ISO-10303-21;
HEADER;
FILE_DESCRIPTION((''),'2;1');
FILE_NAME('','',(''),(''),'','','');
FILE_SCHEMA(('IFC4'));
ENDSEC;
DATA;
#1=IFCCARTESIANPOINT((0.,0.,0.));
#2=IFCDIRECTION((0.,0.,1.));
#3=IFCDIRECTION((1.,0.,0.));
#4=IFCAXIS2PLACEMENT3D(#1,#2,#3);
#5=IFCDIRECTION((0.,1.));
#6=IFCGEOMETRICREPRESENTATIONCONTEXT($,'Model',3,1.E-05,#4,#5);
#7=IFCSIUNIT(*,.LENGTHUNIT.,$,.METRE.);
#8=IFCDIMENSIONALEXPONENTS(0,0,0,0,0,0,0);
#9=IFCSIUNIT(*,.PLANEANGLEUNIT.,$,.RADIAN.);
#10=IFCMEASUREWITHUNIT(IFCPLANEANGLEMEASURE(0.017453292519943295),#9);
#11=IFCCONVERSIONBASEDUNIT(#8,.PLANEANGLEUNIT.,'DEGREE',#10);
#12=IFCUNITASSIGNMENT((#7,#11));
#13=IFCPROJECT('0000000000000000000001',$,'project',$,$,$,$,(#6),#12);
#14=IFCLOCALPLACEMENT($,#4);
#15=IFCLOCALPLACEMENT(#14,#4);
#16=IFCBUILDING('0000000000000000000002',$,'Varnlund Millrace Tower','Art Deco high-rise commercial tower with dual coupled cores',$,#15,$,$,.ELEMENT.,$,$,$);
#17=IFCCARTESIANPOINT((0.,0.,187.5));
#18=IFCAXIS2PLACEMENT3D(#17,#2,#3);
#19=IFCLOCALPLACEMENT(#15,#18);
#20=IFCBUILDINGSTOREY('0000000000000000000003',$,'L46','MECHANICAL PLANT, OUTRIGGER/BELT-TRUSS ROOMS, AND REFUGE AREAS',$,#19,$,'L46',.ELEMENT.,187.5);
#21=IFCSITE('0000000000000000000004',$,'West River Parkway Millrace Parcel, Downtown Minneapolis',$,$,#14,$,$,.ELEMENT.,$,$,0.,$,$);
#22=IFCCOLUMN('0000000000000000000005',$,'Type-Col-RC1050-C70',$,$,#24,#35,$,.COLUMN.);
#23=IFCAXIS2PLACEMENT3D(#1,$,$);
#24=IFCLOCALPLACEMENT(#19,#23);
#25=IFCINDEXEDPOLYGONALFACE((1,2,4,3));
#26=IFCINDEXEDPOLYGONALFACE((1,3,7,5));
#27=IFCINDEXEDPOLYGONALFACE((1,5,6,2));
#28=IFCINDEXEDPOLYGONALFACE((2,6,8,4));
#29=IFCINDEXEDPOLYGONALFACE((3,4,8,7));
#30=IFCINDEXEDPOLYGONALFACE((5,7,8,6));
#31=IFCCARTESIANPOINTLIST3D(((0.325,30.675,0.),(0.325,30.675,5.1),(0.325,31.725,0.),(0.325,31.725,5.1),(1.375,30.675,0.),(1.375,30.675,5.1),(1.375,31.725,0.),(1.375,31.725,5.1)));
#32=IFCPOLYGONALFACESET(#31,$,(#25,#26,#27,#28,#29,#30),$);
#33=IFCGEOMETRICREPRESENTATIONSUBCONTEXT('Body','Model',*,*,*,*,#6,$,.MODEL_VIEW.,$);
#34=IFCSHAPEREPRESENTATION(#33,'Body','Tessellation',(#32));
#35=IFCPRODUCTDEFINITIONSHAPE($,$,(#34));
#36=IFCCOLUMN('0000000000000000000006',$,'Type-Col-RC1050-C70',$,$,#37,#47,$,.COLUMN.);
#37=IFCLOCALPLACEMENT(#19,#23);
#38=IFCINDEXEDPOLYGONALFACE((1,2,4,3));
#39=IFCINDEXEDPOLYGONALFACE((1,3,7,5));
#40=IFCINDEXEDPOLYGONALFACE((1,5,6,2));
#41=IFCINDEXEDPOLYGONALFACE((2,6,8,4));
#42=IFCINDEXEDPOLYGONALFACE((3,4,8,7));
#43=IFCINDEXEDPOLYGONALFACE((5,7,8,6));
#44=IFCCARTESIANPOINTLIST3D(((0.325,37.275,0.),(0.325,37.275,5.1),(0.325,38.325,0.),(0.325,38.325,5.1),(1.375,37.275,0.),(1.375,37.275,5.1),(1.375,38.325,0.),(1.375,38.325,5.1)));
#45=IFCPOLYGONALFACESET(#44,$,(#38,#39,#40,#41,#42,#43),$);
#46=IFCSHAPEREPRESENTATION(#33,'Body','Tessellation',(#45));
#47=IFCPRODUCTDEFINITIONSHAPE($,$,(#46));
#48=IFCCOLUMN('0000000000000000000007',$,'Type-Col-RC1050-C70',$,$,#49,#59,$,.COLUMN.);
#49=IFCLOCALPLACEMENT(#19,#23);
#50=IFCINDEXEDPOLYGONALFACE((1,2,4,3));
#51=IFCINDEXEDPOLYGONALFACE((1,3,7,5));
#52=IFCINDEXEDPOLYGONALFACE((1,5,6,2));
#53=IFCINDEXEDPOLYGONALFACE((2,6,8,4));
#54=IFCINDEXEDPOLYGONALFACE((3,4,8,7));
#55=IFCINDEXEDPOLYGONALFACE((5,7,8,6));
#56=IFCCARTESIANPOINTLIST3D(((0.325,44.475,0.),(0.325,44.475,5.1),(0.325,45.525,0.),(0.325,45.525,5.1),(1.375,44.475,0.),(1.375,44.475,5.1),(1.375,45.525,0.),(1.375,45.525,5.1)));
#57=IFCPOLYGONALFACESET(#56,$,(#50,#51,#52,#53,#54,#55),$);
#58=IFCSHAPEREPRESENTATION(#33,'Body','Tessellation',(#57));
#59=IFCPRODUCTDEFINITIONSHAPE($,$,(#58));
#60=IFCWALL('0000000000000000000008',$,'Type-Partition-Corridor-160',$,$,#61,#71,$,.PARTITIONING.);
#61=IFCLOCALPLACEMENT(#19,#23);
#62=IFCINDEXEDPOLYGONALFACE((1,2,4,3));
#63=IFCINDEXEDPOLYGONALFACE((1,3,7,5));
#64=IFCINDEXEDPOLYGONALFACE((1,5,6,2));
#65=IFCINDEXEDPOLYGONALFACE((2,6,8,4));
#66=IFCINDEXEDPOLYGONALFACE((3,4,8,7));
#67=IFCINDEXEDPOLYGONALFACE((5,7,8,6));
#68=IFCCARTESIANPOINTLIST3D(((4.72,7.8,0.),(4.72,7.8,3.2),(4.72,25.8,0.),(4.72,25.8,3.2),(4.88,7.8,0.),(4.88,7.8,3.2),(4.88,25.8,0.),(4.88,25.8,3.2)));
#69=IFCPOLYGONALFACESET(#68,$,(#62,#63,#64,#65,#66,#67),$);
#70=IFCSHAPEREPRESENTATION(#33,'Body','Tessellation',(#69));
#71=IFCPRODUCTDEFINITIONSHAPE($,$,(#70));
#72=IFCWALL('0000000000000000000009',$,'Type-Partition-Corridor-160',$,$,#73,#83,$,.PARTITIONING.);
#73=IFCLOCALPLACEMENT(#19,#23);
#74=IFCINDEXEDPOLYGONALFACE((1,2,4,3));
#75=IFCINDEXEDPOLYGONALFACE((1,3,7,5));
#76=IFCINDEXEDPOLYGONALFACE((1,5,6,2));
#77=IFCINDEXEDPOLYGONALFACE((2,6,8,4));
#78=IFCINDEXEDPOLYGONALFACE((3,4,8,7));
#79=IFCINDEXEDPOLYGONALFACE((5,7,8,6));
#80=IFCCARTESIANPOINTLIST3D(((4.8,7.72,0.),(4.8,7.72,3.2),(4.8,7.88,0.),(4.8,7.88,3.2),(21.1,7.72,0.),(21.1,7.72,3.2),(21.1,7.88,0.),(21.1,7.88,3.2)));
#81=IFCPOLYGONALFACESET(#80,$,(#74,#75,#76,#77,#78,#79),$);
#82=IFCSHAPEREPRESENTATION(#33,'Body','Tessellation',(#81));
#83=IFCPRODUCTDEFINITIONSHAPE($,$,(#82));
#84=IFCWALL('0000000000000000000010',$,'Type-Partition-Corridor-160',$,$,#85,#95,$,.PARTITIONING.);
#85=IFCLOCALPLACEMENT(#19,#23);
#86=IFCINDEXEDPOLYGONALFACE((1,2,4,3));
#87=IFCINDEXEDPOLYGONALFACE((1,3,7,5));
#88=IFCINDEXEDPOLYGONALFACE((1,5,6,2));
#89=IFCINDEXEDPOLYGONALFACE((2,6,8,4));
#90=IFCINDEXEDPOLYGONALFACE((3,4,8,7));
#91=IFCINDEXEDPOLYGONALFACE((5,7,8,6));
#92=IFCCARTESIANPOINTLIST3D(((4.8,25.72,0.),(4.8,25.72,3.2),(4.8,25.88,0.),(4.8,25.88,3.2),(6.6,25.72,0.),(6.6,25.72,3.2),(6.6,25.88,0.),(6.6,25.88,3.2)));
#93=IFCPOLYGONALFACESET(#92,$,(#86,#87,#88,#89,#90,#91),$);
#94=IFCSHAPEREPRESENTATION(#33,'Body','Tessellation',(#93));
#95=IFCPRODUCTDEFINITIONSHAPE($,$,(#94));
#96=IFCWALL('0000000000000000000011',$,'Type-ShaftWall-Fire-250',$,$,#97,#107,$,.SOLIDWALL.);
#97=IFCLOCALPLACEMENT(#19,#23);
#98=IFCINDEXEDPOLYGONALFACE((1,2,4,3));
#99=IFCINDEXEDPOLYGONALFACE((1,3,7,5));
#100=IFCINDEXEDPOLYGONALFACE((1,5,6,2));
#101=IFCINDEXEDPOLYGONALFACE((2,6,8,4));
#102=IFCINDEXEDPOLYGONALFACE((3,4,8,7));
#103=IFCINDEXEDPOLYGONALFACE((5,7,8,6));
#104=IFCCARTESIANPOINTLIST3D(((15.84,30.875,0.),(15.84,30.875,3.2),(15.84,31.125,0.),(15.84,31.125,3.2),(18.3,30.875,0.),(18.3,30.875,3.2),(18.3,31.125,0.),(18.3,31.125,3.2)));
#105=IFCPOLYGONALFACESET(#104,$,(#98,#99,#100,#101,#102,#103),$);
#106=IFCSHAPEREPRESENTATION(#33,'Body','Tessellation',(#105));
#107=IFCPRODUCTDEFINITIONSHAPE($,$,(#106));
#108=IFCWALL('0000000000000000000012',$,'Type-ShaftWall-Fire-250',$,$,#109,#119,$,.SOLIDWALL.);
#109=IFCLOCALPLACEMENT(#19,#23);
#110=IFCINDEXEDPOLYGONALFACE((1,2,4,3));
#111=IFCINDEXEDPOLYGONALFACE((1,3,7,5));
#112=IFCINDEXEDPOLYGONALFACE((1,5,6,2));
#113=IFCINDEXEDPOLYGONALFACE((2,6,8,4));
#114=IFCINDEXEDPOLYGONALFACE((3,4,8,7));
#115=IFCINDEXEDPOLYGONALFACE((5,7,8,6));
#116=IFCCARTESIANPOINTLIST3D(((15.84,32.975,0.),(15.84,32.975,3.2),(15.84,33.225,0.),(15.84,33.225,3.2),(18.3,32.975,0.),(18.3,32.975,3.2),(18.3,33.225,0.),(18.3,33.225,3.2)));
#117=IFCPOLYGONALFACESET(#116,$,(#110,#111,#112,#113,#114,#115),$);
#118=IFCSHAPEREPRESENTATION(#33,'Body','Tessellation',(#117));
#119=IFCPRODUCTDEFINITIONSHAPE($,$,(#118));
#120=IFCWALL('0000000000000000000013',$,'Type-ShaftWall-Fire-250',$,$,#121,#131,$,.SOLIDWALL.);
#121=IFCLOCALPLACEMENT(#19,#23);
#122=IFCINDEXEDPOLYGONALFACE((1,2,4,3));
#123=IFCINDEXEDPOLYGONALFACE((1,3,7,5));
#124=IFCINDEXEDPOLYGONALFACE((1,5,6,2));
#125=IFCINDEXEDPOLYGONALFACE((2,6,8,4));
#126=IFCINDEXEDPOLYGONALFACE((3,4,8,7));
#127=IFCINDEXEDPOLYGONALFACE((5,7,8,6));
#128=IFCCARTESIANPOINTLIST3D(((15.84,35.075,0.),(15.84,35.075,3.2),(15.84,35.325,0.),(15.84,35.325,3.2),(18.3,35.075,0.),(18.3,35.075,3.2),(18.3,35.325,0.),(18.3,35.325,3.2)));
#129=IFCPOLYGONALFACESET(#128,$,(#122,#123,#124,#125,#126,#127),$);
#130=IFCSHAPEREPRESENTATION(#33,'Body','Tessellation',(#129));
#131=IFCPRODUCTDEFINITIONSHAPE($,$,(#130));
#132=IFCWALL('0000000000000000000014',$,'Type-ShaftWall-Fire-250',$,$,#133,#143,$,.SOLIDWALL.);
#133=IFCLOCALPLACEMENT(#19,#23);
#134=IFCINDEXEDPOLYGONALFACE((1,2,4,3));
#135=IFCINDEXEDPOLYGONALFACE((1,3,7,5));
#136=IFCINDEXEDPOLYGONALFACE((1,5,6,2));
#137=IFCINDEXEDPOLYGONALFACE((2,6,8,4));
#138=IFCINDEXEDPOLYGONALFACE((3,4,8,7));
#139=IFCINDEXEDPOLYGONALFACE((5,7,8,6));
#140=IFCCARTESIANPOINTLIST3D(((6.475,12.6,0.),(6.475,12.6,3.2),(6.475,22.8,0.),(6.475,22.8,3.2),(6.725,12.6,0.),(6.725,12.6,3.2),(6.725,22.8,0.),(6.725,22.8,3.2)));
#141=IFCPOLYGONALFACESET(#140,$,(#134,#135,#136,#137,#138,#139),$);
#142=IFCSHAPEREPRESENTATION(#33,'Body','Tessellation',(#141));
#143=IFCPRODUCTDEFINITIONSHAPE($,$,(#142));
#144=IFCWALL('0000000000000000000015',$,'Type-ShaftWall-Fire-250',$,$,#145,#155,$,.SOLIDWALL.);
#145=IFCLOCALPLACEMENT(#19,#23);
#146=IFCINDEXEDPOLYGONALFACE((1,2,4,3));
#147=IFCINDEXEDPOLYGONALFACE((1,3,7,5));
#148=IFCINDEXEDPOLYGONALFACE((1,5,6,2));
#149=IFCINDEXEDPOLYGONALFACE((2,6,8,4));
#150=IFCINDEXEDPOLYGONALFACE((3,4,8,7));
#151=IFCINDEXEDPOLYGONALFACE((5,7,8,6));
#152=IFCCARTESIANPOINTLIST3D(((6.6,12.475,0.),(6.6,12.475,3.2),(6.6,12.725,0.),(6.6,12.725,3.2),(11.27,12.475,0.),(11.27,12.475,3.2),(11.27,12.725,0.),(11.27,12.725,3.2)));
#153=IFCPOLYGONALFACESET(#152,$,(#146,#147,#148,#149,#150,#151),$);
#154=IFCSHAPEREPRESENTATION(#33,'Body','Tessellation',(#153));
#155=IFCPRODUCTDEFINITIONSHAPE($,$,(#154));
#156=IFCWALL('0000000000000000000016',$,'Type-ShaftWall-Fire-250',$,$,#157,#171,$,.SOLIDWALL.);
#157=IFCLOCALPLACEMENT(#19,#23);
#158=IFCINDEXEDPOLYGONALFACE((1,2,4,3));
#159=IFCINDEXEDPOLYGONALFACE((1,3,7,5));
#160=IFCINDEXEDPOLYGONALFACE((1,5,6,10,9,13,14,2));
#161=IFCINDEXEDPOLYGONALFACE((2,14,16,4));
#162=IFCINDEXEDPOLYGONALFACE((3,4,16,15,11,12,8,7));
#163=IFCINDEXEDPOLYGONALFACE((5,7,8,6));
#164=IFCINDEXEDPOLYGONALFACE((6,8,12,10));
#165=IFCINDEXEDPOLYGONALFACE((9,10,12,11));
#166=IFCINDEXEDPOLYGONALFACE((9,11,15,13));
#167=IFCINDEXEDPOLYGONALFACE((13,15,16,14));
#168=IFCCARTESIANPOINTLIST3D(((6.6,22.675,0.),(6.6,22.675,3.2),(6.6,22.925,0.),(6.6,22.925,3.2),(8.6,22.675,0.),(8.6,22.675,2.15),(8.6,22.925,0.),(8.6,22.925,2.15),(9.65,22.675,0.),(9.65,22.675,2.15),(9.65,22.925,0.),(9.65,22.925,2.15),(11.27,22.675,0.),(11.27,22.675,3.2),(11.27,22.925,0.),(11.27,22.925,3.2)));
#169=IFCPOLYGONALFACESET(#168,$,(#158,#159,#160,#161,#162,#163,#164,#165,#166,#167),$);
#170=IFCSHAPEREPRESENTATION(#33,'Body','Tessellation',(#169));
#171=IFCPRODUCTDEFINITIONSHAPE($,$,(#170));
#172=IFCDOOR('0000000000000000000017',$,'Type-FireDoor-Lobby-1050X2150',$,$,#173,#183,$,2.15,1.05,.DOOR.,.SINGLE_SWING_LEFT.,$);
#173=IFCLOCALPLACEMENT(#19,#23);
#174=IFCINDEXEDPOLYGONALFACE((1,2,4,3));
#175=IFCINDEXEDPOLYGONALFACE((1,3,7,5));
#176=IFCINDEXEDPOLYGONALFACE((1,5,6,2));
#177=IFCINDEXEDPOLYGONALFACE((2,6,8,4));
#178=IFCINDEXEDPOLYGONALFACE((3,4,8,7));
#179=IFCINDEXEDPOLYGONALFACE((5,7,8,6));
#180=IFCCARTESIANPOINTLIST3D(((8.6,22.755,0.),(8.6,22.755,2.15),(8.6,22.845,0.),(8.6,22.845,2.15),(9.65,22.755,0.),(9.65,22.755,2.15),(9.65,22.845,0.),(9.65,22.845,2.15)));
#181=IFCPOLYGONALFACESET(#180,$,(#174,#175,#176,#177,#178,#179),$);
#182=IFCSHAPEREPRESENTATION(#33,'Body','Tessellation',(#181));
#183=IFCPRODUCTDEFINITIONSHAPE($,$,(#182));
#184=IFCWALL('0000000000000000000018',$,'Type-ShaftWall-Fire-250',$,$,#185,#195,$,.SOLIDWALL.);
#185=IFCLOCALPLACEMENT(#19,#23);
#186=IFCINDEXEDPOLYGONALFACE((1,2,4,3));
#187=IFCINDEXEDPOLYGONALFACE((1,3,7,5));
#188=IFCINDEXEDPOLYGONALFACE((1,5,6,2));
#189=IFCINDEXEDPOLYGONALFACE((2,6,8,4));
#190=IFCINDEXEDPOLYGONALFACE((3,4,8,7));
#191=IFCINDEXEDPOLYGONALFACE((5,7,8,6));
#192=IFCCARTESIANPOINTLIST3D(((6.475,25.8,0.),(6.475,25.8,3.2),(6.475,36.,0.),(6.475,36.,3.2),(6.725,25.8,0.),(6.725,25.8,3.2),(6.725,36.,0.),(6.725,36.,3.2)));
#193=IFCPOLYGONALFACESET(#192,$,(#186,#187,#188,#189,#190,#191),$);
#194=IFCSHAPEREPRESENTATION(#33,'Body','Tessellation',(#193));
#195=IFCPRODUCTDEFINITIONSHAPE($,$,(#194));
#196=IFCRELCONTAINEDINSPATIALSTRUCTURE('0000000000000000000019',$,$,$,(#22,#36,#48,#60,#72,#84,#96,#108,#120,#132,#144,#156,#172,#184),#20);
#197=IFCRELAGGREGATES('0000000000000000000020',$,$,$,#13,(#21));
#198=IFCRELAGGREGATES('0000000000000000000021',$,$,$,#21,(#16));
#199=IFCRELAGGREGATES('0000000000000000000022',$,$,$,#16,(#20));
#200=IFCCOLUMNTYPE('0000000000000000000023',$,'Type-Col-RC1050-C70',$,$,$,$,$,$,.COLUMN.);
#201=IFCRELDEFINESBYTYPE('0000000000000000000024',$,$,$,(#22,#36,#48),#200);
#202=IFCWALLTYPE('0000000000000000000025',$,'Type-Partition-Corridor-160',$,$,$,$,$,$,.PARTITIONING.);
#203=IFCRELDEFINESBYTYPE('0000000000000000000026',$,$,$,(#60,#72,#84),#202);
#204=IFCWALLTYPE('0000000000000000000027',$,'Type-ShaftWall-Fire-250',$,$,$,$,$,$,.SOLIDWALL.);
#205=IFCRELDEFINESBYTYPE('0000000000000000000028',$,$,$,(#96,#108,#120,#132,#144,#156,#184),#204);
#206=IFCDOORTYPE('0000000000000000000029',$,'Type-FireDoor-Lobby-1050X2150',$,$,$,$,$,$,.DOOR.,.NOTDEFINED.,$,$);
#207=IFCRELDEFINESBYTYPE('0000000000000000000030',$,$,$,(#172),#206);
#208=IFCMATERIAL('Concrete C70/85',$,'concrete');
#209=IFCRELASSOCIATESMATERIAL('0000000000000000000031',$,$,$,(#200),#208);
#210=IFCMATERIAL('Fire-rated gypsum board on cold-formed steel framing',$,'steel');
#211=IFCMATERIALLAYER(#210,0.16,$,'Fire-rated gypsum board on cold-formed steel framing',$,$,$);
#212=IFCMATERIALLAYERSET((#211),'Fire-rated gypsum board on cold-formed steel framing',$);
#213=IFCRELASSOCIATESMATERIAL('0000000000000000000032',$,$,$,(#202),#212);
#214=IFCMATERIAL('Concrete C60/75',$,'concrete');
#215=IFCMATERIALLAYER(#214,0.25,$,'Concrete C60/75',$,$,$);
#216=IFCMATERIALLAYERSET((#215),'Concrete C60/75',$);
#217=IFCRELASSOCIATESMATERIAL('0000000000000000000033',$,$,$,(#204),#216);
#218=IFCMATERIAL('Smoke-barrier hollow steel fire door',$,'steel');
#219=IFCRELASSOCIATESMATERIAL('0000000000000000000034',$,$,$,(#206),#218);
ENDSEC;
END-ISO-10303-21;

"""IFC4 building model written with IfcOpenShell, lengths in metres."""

from ifc_helpers import new_model, entity, si_unit, converted_unit, direction, frame, origin_with_axes, origin_2d_with_axis, place, context, subcontext, project, spatial, polyline, rectangle, outline, extrude, material, layer, layer_set, material_profile, profile_set, type_object, element, fill, save


model = new_model("IFC4")

# Units and contexts
model_context = context("Model", 3, precision=1e-05, world=origin_with_axes(), true_north=direction((0.0, 1.0)))
body_context = subcontext(model_context, "Body", "Model", "MODEL_VIEW")
ifc_project = project(units=[si_unit("LENGTHUNIT", "METRE"), converted_unit("PLANEANGLEUNIT", "DEGREE", entity("IfcPlaneAngleMeasure", 0.017453292519943295), si_unit("PLANEANGLEUNIT", "RADIAN"), dimensions=[0, 0, 0, 0, 0, 0, 0])], contexts=[model_context])

# Site, building, storey
site_placement = place(None, origin_with_axes())
site = spatial("IfcSite", under=ifc_project, at=site_placement, Name="West River Parkway Millrace Parcel, Downtown Minneapolis", CompositionType="ELEMENT", RefElevation=0.0)
building_placement = place(site_placement, origin_with_axes())
building = spatial("IfcBuilding", under=site, at=building_placement, Name="Varnlund Millrace Tower", Description="Art Deco high-rise commercial tower with dual coupled cores", CompositionType="ELEMENT")
storey_placement = place(building_placement, frame((0.0, 0.0, 187.5), z_axis=(0.0, 0.0, 1.0), x_axis=(1.0, 0.0, 0.0)))
storey = spatial("IfcBuildingStorey", under=building, at=storey_placement, Name="L46", Description="MECHANICAL PLANT, OUTRIGGER/BELT-TRUSS ROOMS, AND REFUGE AREAS", LongName="L46", CompositionType="ELEMENT", Elevation=187.5)

# Columns
ifc_material_1 = material(Name="Concrete C70/85", Category="concrete")
ifc_material_profile = material_profile(ifc_material_1, rectangle(XDim=1.05, YDim=1.05, at=origin_2d_with_axis()), Name="Concrete C70/85")
ifc_profile_set = profile_set([ifc_material_profile], Name="Concrete C70/85")
column_type = type_object("IfcColumnType", Name="Type-Col-RC1050-C70", PredefinedType="COLUMN", material=ifc_profile_set)
for number, where, z_axis, x_axis, name in (
    (1, (0.85, 31.2, 0.0), (0.0, 0.0, 1.0), (1.0, 0.0, 0.0), "Type-Col-RC1050-C70"),
    (2, (0.85, 37.8, 0.0), (0.0, 0.0, 1.0), (1.0, 0.0, 0.0), "Type-Col-RC1050-C70"),
    (3, (0.85, 45.0, 0.0), (0.0, 0.0, 1.0), (1.0, 0.0, 0.0), "Type-Col-RC1050-C70"),
):
    element("IfcColumn", number, at=place(storey_placement, frame(where, z_axis=z_axis, x_axis=x_axis)), inside=storey, type_object=column_type, Name=name, PredefinedType="COLUMN", context=body_context, shape_type="SweptSolid", body=[
        extrude(rectangle(XDim=1.05, YDim=1.05, at=origin_2d_with_axis()), origin_with_axes(), (0.0, 0.0, 1.0), 5.1),
    ])

# Walls
ifc_material_2 = material(Name="Fire-rated gypsum board on cold-formed steel framing", Category="steel")
ifc_layer_1 = layer(ifc_material_2, 0.16, Name="Fire-rated gypsum board on cold-formed steel framing")
ifc_layer_set_1 = layer_set([ifc_layer_1], Name="Fire-rated gypsum board on cold-formed steel framing")
wall_type_1 = type_object("IfcWallType", Name="Type-Partition-Corridor-160", PredefinedType="PARTITIONING", material=ifc_layer_set_1)
wall_1_placement = place(storey_placement, frame((4.8, 7.8, 0.0), z_axis=(0.0, 0.0, 1.0), x_axis=(0.0, 1.0, 0.0)))
element("IfcWall", 4, at=wall_1_placement, inside=storey, type_object=wall_type_1, Name="Type-Partition-Corridor-160", PredefinedType="PARTITIONING", context=body_context, shape_type="SweptSolid", body=[
    extrude(outline(polyline([(0.0, -0.08), (18.0, -0.08), (18.0, 0.08), (0.0, 0.08), (0.0, -0.08)])), origin_with_axes(), (0.0, 0.0, 1.0), 3.2),
])
wall_2_placement = place(storey_placement, frame((4.8, 7.8, 0.0), z_axis=(0.0, 0.0, 1.0), x_axis=(1.0, 0.0, 0.0)))
element("IfcWall", 5, at=wall_2_placement, inside=storey, type_object=wall_type_1, Name="Type-Partition-Corridor-160", PredefinedType="PARTITIONING", context=body_context, shape_type="SweptSolid", body=[
    extrude(outline(polyline([(0.0, -0.08), (16.3, -0.08), (16.3, 0.08), (0.0, 0.08), (0.0, -0.08)])), origin_with_axes(), (0.0, 0.0, 1.0), 3.2),
])
wall_3_placement = place(storey_placement, frame((4.8, 25.8, 0.0), z_axis=(0.0, 0.0, 1.0), x_axis=(1.0, 0.0, 0.0)))
element("IfcWall", 6, at=wall_3_placement, inside=storey, type_object=wall_type_1, Name="Type-Partition-Corridor-160", PredefinedType="PARTITIONING", context=body_context, shape_type="SweptSolid", body=[
    extrude(outline(polyline([(0.0, -0.08), (1.8, -0.08), (1.8, 0.08), (0.0, 0.08), (0.0, -0.08)])), origin_with_axes(), (0.0, 0.0, 1.0), 3.2),
])
ifc_material_3 = material(Name="Concrete C60/75", Category="concrete")
ifc_layer_2 = layer(ifc_material_3, 0.25, Name="Concrete C60/75")
ifc_layer_set_2 = layer_set([ifc_layer_2], Name="Concrete C60/75")
wall_type_2 = type_object("IfcWallType", Name="Type-ShaftWall-Fire-250", PredefinedType="SOLIDWALL", material=ifc_layer_set_2)
for number, where, z_axis, x_axis, name in (
    (7, (15.84, 31.0, 0.0), (0.0, 0.0, 1.0), (1.0, 0.0, 0.0), "Type-ShaftWall-Fire-250"),
    (8, (15.84, 33.1, 0.0), (0.0, 0.0, 1.0), (1.0, 0.0, 0.0), "Type-ShaftWall-Fire-250"),
    (9, (15.84, 35.2, 0.0), (0.0, 0.0, 1.0), (1.0, 0.0, 0.0), "Type-ShaftWall-Fire-250"),
):
    element("IfcWall", number, at=place(storey_placement, frame(where, z_axis=z_axis, x_axis=x_axis)), inside=storey, type_object=wall_type_2, Name=name, PredefinedType="SOLIDWALL", context=body_context, shape_type="SweptSolid", body=[
        extrude(outline(polyline([(0.0, -0.125), (2.46, -0.125), (2.46, 0.125), (0.0, 0.125), (0.0, -0.125)])), origin_with_axes(), (0.0, 0.0, 1.0), 3.2),
    ])
wall_4_placement = place(storey_placement, frame((6.6, 12.6, 0.0), z_axis=(0.0, 0.0, 1.0), x_axis=(0.0, 1.0, 0.0)))
element("IfcWall", 10, at=wall_4_placement, inside=storey, type_object=wall_type_2, Name="Type-ShaftWall-Fire-250", PredefinedType="SOLIDWALL", context=body_context, shape_type="SweptSolid", body=[
    extrude(outline(polyline([(0.0, -0.125), (10.2, -0.125), (10.2, 0.125), (0.0, 0.125), (0.0, -0.125)])), origin_with_axes(), (0.0, 0.0, 1.0), 3.2),
])
wall_5_placement = place(storey_placement, frame((6.6, 12.6, 0.0), z_axis=(0.0, 0.0, 1.0), x_axis=(1.0, 0.0, 0.0)))
element("IfcWall", 11, at=wall_5_placement, inside=storey, type_object=wall_type_2, Name="Type-ShaftWall-Fire-250", PredefinedType="SOLIDWALL", context=body_context, shape_type="SweptSolid", body=[
    extrude(outline(polyline([(0.0, -0.125), (4.67, -0.125), (4.67, 0.125), (0.0, 0.125), (0.0, -0.125)])), origin_with_axes(), (0.0, 0.0, 1.0), 3.2),
])

# Wall, opening, door
wall_6_placement = place(storey_placement, frame((6.6, 22.8, 0.0), z_axis=(0.0, 0.0, 1.0), x_axis=(1.0, 0.0, 0.0)))
wall_6 = element("IfcWall", 12, at=wall_6_placement, inside=storey, type_object=wall_type_2, Name="Type-ShaftWall-Fire-250", PredefinedType="SOLIDWALL", context=body_context, shape_type="SweptSolid", body=[
    extrude(outline(polyline([(0.0, -0.125), (4.67, -0.125), (4.67, 0.125), (0.0, 0.125), (0.0, -0.125)])), origin_with_axes(), (0.0, 0.0, 1.0), 3.2),
])
opening_placement = place(wall_6_placement, frame((2.525, 0.0, 0.0), z_axis=(0.0, 0.0, 1.0), x_axis=(1.0, 0.0, 0.0)))
opening = element("IfcOpeningElement", 13, at=opening_placement, cuts=wall_6, PredefinedType="OPENING", context=body_context, shape_type="SweptSolid", body=[
    extrude(rectangle(XDim=1.05, YDim=0.27, at=origin_2d_with_axis()), origin_with_axes(), (0.0, 0.0, 1.0), 2.15),
])
ifc_material_4 = material(Name="Smoke-barrier hollow steel fire door", Category="steel")
door_type = type_object("IfcDoorType", Name="Type-FireDoor-Lobby-1050X2150", OperationType="NOTDEFINED", PredefinedType="DOOR", material=ifc_material_4)
door_placement = place(wall_6_placement, frame((2.525, 0.0, 0.0), z_axis=(0.0, 0.0, 1.0), x_axis=(1.0, 0.0, 0.0)))
door = element("IfcDoor", 14, at=door_placement, inside=storey, type_object=door_type, Name="Type-FireDoor-Lobby-1050X2150", OperationType="SINGLE_SWING_LEFT", OverallHeight=2.15, OverallWidth=1.05, PredefinedType="DOOR", context=body_context, shape_type="SweptSolid", body=[
    extrude(rectangle(XDim=1.05, YDim=0.09, at=origin_2d_with_axis()), origin_with_axes(), (0.0, 0.0, 1.0), 2.15),
])
fill(opening, door)

# Wall
wall_7_placement = place(storey_placement, frame((6.6, 25.8, 0.0), z_axis=(0.0, 0.0, 1.0), x_axis=(0.0, 1.0, 0.0)))
element("IfcWall", 15, at=wall_7_placement, inside=storey, type_object=wall_type_2, Name="Type-ShaftWall-Fire-250", PredefinedType="SOLIDWALL", context=body_context, shape_type="SweptSolid", body=[
    extrude(outline(polyline([(0.0, -0.125), (10.2, -0.125), (10.2, 0.125), (0.0, 0.125), (0.0, -0.125)])), origin_with_axes(), (0.0, 0.0, 1.0), 3.2),
])

save(model, "model.ifc")
